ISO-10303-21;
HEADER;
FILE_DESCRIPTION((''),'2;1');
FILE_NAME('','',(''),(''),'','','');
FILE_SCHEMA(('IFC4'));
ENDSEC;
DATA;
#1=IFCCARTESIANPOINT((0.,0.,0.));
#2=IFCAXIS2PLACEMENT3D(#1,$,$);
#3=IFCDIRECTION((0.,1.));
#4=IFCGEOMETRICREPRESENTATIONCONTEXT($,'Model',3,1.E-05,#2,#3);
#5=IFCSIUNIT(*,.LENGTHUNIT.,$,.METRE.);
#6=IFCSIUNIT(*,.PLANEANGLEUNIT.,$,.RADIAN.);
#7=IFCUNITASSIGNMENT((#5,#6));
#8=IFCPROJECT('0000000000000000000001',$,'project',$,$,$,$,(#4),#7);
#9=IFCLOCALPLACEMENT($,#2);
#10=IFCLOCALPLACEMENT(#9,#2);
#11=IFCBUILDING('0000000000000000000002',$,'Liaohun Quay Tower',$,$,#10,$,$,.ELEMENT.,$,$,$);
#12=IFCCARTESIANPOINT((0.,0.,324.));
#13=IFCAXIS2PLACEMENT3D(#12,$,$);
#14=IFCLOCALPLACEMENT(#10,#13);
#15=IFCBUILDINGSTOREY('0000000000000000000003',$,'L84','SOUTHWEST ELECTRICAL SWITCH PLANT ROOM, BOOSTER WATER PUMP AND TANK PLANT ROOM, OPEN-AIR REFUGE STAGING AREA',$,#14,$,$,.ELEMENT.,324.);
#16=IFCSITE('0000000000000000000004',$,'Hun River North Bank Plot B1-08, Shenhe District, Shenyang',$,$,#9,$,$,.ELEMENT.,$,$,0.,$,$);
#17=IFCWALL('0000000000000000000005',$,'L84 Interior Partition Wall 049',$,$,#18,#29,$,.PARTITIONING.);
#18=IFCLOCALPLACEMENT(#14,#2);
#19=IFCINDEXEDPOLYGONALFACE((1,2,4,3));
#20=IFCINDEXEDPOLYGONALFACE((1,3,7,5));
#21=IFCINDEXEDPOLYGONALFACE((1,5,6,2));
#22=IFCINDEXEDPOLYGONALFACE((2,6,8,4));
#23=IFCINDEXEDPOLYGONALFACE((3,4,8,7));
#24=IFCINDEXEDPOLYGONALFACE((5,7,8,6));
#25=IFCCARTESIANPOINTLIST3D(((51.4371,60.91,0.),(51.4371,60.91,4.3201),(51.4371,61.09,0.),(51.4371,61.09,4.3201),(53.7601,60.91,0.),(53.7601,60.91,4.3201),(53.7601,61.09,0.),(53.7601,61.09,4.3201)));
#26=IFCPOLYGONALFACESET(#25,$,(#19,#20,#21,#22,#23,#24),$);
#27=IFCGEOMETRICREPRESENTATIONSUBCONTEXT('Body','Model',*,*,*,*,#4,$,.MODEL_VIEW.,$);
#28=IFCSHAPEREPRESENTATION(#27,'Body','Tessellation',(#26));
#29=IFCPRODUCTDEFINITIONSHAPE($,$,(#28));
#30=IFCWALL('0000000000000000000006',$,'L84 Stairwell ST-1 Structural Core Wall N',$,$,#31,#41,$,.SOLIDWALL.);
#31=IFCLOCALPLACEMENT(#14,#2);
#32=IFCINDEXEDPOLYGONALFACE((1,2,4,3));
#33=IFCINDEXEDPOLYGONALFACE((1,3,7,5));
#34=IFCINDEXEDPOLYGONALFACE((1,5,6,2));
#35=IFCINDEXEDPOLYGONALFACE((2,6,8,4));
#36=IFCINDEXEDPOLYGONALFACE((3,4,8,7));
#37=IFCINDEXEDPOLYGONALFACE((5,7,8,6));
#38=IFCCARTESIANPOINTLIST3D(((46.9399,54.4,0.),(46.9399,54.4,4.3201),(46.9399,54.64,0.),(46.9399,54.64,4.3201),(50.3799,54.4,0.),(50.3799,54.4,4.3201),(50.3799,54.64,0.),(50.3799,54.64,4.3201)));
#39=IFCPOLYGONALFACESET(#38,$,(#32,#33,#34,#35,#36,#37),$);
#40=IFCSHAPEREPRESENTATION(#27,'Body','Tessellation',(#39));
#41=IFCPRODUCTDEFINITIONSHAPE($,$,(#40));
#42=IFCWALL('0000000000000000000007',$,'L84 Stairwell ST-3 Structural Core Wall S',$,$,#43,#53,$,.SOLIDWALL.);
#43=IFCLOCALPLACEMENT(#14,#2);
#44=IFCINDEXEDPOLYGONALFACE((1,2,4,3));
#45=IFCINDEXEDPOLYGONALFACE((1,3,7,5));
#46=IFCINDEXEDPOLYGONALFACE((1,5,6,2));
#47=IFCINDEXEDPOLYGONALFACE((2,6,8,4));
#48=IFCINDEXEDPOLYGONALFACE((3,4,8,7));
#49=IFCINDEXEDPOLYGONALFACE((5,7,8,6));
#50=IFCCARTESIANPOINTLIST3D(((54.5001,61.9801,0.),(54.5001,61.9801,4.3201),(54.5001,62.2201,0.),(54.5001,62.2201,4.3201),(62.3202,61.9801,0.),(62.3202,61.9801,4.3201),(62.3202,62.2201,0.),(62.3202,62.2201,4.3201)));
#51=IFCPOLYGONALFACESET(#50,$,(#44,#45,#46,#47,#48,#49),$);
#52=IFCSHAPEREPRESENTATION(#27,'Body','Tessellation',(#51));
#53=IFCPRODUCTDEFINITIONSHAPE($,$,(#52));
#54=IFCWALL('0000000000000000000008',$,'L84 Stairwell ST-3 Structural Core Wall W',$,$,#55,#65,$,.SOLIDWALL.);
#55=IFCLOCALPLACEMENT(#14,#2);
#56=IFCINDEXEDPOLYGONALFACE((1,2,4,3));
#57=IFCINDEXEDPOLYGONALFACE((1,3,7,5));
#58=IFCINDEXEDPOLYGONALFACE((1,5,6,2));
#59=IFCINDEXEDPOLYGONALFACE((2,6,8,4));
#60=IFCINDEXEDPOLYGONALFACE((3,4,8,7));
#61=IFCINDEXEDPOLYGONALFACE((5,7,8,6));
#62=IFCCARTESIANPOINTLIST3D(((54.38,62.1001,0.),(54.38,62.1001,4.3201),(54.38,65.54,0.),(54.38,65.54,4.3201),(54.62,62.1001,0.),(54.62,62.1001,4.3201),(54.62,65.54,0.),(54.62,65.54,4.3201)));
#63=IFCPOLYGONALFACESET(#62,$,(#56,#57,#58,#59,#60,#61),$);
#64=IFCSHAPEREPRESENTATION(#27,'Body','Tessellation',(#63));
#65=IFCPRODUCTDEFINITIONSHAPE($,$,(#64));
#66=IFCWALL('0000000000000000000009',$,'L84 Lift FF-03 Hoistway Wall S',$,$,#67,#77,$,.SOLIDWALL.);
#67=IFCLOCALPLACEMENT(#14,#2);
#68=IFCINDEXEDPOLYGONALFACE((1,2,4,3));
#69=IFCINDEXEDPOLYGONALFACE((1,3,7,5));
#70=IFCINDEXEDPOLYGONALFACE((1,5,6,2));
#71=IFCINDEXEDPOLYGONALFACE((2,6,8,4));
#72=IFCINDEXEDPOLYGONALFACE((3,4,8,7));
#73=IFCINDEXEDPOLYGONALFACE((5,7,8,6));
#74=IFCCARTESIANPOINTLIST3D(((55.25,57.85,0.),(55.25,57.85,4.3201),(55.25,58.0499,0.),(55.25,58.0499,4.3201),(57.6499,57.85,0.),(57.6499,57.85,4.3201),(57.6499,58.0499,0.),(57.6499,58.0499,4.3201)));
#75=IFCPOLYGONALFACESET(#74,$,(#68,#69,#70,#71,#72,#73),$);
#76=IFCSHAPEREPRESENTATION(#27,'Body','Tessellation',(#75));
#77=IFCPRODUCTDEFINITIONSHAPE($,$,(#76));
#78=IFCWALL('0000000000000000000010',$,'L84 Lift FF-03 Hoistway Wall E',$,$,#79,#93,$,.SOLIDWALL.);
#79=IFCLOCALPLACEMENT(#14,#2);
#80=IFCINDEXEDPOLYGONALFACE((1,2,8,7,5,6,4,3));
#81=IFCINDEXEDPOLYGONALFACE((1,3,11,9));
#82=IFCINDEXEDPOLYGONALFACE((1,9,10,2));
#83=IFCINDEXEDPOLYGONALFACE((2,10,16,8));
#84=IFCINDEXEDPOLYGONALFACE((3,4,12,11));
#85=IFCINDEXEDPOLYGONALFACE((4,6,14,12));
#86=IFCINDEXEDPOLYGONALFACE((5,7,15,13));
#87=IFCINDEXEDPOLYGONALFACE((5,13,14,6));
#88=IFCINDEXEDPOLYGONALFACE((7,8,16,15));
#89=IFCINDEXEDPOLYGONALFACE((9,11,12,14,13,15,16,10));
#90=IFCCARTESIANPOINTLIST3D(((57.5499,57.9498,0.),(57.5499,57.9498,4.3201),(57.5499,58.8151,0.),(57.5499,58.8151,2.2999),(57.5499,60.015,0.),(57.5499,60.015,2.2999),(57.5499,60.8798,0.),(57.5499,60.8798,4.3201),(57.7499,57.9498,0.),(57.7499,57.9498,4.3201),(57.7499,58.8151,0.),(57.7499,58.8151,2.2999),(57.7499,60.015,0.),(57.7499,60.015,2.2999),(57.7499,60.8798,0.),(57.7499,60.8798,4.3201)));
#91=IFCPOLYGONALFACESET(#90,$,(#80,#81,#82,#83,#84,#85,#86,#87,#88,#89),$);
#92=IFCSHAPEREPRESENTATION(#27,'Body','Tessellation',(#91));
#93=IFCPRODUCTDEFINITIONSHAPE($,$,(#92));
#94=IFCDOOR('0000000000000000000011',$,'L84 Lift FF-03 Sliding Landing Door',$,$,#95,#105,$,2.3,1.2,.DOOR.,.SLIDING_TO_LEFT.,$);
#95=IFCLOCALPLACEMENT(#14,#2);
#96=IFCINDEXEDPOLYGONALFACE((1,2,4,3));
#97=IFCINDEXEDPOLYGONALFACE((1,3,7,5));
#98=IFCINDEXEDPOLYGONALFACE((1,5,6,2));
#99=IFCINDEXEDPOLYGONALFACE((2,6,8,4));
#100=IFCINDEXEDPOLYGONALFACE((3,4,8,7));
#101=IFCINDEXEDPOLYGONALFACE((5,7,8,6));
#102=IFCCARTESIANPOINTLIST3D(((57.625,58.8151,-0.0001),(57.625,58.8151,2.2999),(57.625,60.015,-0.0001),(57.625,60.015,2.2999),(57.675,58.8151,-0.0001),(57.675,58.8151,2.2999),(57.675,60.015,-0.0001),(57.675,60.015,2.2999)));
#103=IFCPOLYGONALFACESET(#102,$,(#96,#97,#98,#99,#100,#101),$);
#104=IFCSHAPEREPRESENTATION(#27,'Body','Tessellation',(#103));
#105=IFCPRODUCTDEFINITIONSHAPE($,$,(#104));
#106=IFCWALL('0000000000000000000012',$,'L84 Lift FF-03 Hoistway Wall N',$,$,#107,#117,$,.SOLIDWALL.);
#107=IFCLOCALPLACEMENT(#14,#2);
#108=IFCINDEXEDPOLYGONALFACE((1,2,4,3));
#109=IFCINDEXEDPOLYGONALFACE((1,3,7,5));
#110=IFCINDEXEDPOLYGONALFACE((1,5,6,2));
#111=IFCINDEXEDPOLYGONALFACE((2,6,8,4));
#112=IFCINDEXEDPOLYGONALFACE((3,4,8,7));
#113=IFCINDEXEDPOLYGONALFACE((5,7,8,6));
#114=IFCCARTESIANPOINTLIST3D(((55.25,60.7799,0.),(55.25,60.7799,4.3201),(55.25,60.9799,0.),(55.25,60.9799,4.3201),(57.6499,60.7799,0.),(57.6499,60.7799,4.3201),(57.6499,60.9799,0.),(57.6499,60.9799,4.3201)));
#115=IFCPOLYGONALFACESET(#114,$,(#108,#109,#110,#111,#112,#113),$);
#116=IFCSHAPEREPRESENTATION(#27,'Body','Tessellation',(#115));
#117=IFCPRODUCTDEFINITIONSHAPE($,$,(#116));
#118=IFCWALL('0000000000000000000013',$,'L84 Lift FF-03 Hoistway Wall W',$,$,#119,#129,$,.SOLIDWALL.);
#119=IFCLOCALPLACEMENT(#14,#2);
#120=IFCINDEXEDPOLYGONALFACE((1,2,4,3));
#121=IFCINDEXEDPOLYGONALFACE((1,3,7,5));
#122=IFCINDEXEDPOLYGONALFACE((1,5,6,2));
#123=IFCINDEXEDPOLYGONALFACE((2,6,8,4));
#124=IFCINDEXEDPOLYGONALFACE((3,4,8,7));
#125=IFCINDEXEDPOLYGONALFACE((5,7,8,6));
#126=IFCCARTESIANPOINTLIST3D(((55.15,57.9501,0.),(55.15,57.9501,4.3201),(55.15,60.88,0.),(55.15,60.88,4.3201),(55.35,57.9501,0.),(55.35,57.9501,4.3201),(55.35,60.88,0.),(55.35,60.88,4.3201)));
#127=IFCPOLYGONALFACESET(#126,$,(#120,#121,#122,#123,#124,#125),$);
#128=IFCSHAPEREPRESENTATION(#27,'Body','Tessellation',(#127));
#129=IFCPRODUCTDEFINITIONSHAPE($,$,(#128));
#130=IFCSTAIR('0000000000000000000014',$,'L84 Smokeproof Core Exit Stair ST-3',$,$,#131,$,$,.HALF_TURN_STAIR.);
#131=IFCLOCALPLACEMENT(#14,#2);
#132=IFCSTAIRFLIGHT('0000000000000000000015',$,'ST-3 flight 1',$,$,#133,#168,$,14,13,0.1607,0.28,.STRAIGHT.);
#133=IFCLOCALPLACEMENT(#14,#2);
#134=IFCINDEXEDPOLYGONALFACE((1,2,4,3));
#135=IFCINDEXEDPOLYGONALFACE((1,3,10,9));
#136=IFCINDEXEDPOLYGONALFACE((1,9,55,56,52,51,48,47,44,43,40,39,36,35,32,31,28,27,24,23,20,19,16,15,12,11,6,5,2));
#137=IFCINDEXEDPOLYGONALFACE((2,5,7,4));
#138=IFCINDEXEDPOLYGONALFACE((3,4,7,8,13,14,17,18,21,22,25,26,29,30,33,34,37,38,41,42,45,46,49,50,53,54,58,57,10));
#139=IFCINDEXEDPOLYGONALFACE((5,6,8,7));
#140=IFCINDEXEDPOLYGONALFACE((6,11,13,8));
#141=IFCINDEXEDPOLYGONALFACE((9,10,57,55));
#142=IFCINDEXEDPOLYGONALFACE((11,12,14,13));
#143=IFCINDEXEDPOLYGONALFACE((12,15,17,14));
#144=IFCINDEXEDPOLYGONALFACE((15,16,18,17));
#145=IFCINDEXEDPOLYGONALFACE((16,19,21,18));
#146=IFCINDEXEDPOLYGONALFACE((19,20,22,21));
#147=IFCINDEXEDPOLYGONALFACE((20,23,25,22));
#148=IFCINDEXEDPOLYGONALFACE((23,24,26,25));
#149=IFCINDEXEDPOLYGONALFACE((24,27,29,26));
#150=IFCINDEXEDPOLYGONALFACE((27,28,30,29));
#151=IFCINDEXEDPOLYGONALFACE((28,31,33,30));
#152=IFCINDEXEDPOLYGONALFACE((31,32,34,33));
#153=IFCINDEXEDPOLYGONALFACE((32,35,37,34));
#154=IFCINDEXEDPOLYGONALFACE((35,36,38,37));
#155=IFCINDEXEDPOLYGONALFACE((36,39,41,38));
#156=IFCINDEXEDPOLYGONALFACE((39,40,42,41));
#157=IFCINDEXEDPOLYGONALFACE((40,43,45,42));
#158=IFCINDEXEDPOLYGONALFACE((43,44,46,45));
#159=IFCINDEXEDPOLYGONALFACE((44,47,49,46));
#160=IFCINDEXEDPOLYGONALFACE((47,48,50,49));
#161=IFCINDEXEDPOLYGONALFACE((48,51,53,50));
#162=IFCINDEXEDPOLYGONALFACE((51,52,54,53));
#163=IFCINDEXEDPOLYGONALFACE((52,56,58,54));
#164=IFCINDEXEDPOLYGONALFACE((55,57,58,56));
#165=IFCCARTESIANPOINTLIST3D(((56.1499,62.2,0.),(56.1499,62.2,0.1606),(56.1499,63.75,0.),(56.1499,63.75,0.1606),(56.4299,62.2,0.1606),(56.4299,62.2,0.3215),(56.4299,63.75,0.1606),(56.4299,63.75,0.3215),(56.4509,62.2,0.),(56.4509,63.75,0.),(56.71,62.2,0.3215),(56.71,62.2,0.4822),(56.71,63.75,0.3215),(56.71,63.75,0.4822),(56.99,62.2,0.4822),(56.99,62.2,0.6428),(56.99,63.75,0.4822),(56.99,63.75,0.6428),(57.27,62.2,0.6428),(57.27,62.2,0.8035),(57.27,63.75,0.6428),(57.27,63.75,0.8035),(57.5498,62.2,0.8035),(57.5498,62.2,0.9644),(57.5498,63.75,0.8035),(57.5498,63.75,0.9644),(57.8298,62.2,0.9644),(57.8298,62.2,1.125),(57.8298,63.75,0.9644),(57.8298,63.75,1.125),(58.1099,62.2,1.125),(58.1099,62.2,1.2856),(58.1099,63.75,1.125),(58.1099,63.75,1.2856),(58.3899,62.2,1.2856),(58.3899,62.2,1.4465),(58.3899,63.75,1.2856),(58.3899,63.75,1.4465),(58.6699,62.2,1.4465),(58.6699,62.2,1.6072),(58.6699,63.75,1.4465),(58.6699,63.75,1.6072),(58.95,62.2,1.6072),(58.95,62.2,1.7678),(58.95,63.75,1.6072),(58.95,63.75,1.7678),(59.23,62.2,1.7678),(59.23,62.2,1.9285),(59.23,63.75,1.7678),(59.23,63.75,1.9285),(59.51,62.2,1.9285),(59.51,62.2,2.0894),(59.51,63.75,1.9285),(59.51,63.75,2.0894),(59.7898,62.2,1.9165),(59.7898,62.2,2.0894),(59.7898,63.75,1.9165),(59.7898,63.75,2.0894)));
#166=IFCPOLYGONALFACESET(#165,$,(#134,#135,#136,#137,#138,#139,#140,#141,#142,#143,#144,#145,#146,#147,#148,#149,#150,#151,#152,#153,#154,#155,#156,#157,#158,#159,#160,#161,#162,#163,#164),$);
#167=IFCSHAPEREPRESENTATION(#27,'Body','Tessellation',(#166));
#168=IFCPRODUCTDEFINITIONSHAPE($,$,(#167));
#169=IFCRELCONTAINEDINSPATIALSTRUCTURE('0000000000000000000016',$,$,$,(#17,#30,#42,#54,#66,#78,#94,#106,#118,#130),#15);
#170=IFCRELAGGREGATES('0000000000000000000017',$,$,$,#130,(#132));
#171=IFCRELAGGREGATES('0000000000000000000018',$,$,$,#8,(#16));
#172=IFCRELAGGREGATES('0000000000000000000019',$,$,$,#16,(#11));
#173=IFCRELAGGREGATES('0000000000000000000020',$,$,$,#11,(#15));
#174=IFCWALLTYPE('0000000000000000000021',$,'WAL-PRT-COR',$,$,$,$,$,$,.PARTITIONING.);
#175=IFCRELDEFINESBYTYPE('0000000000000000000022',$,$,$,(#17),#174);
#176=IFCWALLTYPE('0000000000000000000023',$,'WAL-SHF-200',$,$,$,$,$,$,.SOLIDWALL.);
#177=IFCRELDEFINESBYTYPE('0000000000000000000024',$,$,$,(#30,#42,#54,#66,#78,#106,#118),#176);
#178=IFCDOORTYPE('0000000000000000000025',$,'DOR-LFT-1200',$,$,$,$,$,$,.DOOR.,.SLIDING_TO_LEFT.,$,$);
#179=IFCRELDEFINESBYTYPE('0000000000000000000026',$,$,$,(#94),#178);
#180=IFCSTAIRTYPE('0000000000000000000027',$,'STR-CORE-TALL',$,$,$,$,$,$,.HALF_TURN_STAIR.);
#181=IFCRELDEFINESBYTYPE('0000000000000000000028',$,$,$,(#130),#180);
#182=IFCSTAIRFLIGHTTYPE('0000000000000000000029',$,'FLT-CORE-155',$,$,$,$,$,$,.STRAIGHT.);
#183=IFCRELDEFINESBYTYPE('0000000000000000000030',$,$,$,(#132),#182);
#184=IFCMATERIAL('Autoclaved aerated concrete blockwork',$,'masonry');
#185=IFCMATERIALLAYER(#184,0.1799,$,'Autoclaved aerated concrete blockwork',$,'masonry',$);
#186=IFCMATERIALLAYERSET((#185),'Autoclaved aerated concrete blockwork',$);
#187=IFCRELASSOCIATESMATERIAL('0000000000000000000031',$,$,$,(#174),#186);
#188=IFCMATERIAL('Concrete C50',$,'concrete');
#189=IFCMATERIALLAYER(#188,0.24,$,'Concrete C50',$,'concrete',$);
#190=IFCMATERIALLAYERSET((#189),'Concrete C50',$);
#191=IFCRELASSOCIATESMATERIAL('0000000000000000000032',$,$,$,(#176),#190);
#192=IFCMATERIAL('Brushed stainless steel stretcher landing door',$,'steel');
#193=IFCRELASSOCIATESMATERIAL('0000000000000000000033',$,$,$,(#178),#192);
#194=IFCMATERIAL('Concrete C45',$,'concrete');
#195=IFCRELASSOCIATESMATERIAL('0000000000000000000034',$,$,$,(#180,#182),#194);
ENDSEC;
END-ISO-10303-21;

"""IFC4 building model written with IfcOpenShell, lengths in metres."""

from ifc_helpers import new_model, si_unit, direction, frame, frame_2d, origin, place, context, subcontext, project, spatial, polyline, rectangle, outline, extrude, source, transform, mapped, material, layer, layer_set, type_object, element, fill, aggregate, save


model = new_model("IFC4")

# Units and contexts
model_context = context("Model", 3, precision=1e-05, world=origin(), true_north=direction((0.0, 1.0)))
body_context = subcontext(model_context, "Body", "Model", "MODEL_VIEW")
ifc_project = project(units=[si_unit("LENGTHUNIT", "METRE"), si_unit("PLANEANGLEUNIT", "RADIAN")], contexts=[model_context])

# Site, building, storey
site_placement = place(None, origin())
site = spatial("IfcSite", under=ifc_project, at=site_placement, Name="Hun River North Bank Plot B1-08, Shenhe District, Shenyang", CompositionType="ELEMENT", RefElevation=0.0)
building_placement = place(site_placement, origin())
building = spatial("IfcBuilding", under=site, at=building_placement, Name="Liaohun Quay Tower", CompositionType="ELEMENT")
storey_placement = place(building_placement, frame((0.0, 0.0, 324.0)))
storey = spatial("IfcBuildingStorey", under=building, at=storey_placement, Name="L84", Description="SOUTHWEST ELECTRICAL SWITCH PLANT ROOM, BOOSTER WATER PUMP AND TANK PLANT ROOM, OPEN-AIR REFUGE STAGING AREA", CompositionType="ELEMENT", Elevation=324.0)

# Shared definitions
ifc_material_1 = material(Name="Concrete C50", Category="concrete")

# Shared definitions
ifc_material_2 = material(Name="Autoclaved aerated concrete blockwork", Category="masonry")
ifc_layer_1 = layer(ifc_material_2, 0.1799, Name="Autoclaved aerated concrete blockwork", Category="masonry")
ifc_layer_set_1 = layer_set([ifc_layer_1], Name="Autoclaved aerated concrete blockwork")
wall_type_1 = type_object("IfcWallType", Name="WAL-PRT-COR", PredefinedType="PARTITIONING", material=ifc_layer_set_1)

# Walls
wall_1_placement = place(storey_placement, frame((51.437, 61.0, 0.0), z_axis=(0.0, 0.0, 1.0), x_axis=(1.0, 0.0, 0.0)))
element("IfcWall", 1, at=wall_1_placement, inside=storey, type_object=wall_type_1, Name="L84 Interior Partition Wall 049", PredefinedType="PARTITIONING", context=body_context, shape_type="SweptSolid", body=[
    extrude(rectangle(XDim=2.323, YDim=0.1799, at=frame_2d((1.1616, 0.0))), origin(), (0.0, 0.0, 1.0), 4.3201),
])
ifc_layer_2 = layer(ifc_material_1, 0.24, Name="Concrete C50", Category="concrete")
ifc_layer_set_2 = layer_set([ifc_layer_2], Name="Concrete C50")
wall_type_2 = type_object("IfcWallType", Name="WAL-SHF-200", PredefinedType="SOLIDWALL", material=ifc_layer_set_2)
wall_2_placement = place(storey_placement, frame((50.3799, 54.52, 0.0), z_axis=(0.0, 0.0, 1.0), x_axis=(-1.0, 0.0, 0.0)))
element("IfcWall", 2, at=wall_2_placement, inside=storey, type_object=wall_type_2, Name="L84 Stairwell ST-1 Structural Core Wall N", PredefinedType="SOLIDWALL", context=body_context, shape_type="SweptSolid", body=[
    extrude(rectangle(XDim=3.4399, YDim=0.24, at=frame_2d((1.72, 0.0))), origin(), (0.0, 0.0, 1.0), 4.3201),
])
wall_3_placement = place(storey_placement, frame((54.5, 62.1001, 0.0), z_axis=(0.0, 0.0, 1.0), x_axis=(1.0, 0.0, 0.0)))
element("IfcWall", 3, at=wall_3_placement, inside=storey, type_object=wall_type_2, Name="L84 Stairwell ST-3 Structural Core Wall S", PredefinedType="SOLIDWALL", context=body_context, shape_type="SweptSolid", body=[
    extrude(rectangle(XDim=7.8201, YDim=0.24, at=frame_2d((3.9102, 0.0))), origin(), (0.0, 0.0, 1.0), 4.3201),
])
wall_4_placement = place(storey_placement, frame((54.5, 65.54, 0.0), z_axis=(0.0, 0.0, 1.0), x_axis=(0.0, -1.0, 0.0)))
element("IfcWall", 4, at=wall_4_placement, inside=storey, type_object=wall_type_2, Name="L84 Stairwell ST-3 Structural Core Wall W", PredefinedType="SOLIDWALL", context=body_context, shape_type="SweptSolid", body=[
    extrude(rectangle(XDim=3.4399, YDim=0.24, at=frame_2d((1.72, 0.0))), origin(), (0.0, 0.0, 1.0), 4.3201),
])
wall_5_placement = place(storey_placement, frame((55.25, 57.95, 0.0), z_axis=(0.0, 0.0, 1.0), x_axis=(1.0, 0.0, 0.0)))
element("IfcWall", 5, at=wall_5_placement, inside=storey, type_object=wall_type_2, Name="L84 Lift FF-03 Hoistway Wall S", PredefinedType="SOLIDWALL", context=body_context, shape_type="SweptSolid", body=[
    extrude(rectangle(XDim=2.3999, YDim=0.2, at=frame_2d((1.2, 0.0))), origin(), (0.0, 0.0, 1.0), 4.3201),
])

# Wall, opening, door
wall_6_placement = place(storey_placement, frame((57.6499, 57.95, 0.0), z_axis=(0.0, 0.0, 1.0), x_axis=(0.0, 1.0, 0.0)))
wall_6 = element("IfcWall", 6, at=wall_6_placement, inside=storey, type_object=wall_type_2, Name="L84 Lift FF-03 Hoistway Wall E", PredefinedType="SOLIDWALL", context=body_context, shape_type="SweptSolid", body=[
    extrude(rectangle(XDim=2.9299, YDim=0.2, at=frame_2d((1.4648, 0.0))), origin(), (0.0, 0.0, 1.0), 4.3201),
])
shared_shape_1 = source(origin(), body_context, "Body", "SweptSolid", [
    extrude(rectangle(XDim=1.2, YDim=2.3, at=frame_2d((0.6001, 1.1499))), frame((0.0, 0.1099, 0.0), z_axis=(0.0, -1.0, 0.0), x_axis=(1.0, 0.0, 0.0)), (0.0, 0.0, 1.0), 0.22),
])
opening_1_placement = place(wall_6_placement, frame((0.865, 0.0, 0.0)))
opening_1 = element("IfcOpeningElement", 7, at=opening_1_placement, cuts=wall_6, PredefinedType="OPENING", context=body_context, shape_type="MappedRepresentation", body=[
    mapped(shared_shape_1, transform((0.0, 0.0, 0.0), x_axis=(1.0, 0.0, 0.0), y_axis=(0.0, 1.0, 0.0), z_axis=(0.0, 0.0, 1.0), scale=1.0)),
])
ifc_material_3 = material(Name="Brushed stainless steel stretcher landing door", Category="steel")
door_type_1 = type_object("IfcDoorType", Name="DOR-LFT-1200", OperationType="SLIDING_TO_LEFT", PredefinedType="DOOR", material=ifc_material_3)
shared_shape_2 = source(origin(), body_context, "Body", "SweptSolid", [
    extrude(rectangle(XDim=1.2, YDim=2.3, at=frame_2d((0.6001, 1.1499))), frame((0.0, 0.0249, 0.0), z_axis=(0.0, -1.0, 0.0), x_axis=(1.0, 0.0, 0.0)), (0.0, 0.0, 1.0), 0.05),
])
door_1_placement = place(opening_1_placement, origin())
door_1 = element("IfcDoor", 8, at=door_1_placement, inside=storey, type_object=door_type_1, Name="L84 Lift FF-03 Sliding Landing Door", OperationType="SLIDING_TO_LEFT", OverallHeight=2.3, OverallWidth=1.2, PredefinedType="DOOR", context=body_context, shape_type="MappedRepresentation", body=[
    mapped(shared_shape_2, transform((0.0, 0.0, 0.0), x_axis=(1.0, 0.0, 0.0), y_axis=(0.0, 1.0, 0.0), z_axis=(0.0, 0.0, 1.0), scale=1.0)),
])
fill(opening_1, door_1)

# Walls
wall_7_placement = place(storey_placement, frame((57.6499, 60.8799, 0.0), z_axis=(0.0, 0.0, 1.0), x_axis=(-1.0, 0.0, 0.0)))
element("IfcWall", 9, at=wall_7_placement, inside=storey, type_object=wall_type_2, Name="L84 Lift FF-03 Hoistway Wall N", PredefinedType="SOLIDWALL", context=body_context, shape_type="SweptSolid", body=[
    extrude(rectangle(XDim=2.3999, YDim=0.2, at=frame_2d((1.2, 0.0))), origin(), (0.0, 0.0, 1.0), 4.3201),
])
wall_8_placement = place(storey_placement, frame((55.25, 60.8799, 0.0), z_axis=(0.0, 0.0, 1.0), x_axis=(0.0, -1.0, 0.0)))
element("IfcWall", 10, at=wall_8_placement, inside=storey, type_object=wall_type_2, Name="L84 Lift FF-03 Hoistway Wall W", PredefinedType="SOLIDWALL", context=body_context, shape_type="SweptSolid", body=[
    extrude(rectangle(XDim=2.9299, YDim=0.2, at=frame_2d((1.4648, 0.0))), origin(), (0.0, 0.0, 1.0), 4.3201),
])

# Stair, stair flight
ifc_material_4 = material(Name="Concrete C45", Category="concrete")
stair_type = type_object("IfcStairType", Name="STR-CORE-TALL", PredefinedType="HALF_TURN_STAIR", material=ifc_material_4)
stair_placement = place(storey_placement, origin())
stair = element("IfcStair", 11, at=stair_placement, inside=storey, type_object=stair_type, Name="L84 Smokeproof Core Exit Stair ST-3", PredefinedType="HALF_TURN_STAIR")
stair_flight_type = type_object("IfcStairFlightType", Name="FLT-CORE-155", PredefinedType="STRAIGHT", material=ifc_material_4)
stair_flight_placement = place(storey_placement, frame((56.1499, 62.9751, 0.0), z_axis=(0.0, 0.0, 1.0), x_axis=(1.0, 0.0, 0.0)))
stair_flight = element("IfcStairFlight", 12, at=stair_flight_placement, type_object=stair_flight_type, Name="ST-3 flight 1", NumberOfRisers=14, NumberOfTreads=13, PredefinedType="STRAIGHT", RiserHeight=0.1607, TreadLength=0.28, context=body_context, shape_type="SweptSolid", body=[
    extrude(outline(polyline([(0.0, 0.0), (0.0, 0.1606), (0.28, 0.1606), (0.28, 0.3215), (0.5601, 0.3215), (0.5601, 0.4822), (0.8401, 0.4822), (0.8401, 0.6428), (1.1201, 0.6428), (1.1201, 0.8035), (1.3999, 0.8035), (1.3999, 0.9644), (1.6799, 0.9644), (1.6799, 1.125), (1.96, 1.125), (1.96, 1.2856), (2.24, 1.2856), (2.24, 1.4465), (2.52, 1.4465), (2.52, 1.6072), (2.8, 1.6072), (2.8, 1.7678), (3.0801, 1.7678), (3.0801, 1.9285), (3.3601, 1.9285), (3.3601, 2.0894), (3.6399, 2.0894), (3.6399, 2.25), (3.6399, 1.9165), (0.301, 0.0), (0.0, 0.0)])), frame((0.0, 0.7749, 0.0), z_axis=(0.0, -1.0, 0.0), x_axis=(1.0, 0.0, 0.0)), (0.0, 0.0, 1.0), 1.55),
])
aggregate(stair, [stair_flight])

save(model, "model.ifc")
